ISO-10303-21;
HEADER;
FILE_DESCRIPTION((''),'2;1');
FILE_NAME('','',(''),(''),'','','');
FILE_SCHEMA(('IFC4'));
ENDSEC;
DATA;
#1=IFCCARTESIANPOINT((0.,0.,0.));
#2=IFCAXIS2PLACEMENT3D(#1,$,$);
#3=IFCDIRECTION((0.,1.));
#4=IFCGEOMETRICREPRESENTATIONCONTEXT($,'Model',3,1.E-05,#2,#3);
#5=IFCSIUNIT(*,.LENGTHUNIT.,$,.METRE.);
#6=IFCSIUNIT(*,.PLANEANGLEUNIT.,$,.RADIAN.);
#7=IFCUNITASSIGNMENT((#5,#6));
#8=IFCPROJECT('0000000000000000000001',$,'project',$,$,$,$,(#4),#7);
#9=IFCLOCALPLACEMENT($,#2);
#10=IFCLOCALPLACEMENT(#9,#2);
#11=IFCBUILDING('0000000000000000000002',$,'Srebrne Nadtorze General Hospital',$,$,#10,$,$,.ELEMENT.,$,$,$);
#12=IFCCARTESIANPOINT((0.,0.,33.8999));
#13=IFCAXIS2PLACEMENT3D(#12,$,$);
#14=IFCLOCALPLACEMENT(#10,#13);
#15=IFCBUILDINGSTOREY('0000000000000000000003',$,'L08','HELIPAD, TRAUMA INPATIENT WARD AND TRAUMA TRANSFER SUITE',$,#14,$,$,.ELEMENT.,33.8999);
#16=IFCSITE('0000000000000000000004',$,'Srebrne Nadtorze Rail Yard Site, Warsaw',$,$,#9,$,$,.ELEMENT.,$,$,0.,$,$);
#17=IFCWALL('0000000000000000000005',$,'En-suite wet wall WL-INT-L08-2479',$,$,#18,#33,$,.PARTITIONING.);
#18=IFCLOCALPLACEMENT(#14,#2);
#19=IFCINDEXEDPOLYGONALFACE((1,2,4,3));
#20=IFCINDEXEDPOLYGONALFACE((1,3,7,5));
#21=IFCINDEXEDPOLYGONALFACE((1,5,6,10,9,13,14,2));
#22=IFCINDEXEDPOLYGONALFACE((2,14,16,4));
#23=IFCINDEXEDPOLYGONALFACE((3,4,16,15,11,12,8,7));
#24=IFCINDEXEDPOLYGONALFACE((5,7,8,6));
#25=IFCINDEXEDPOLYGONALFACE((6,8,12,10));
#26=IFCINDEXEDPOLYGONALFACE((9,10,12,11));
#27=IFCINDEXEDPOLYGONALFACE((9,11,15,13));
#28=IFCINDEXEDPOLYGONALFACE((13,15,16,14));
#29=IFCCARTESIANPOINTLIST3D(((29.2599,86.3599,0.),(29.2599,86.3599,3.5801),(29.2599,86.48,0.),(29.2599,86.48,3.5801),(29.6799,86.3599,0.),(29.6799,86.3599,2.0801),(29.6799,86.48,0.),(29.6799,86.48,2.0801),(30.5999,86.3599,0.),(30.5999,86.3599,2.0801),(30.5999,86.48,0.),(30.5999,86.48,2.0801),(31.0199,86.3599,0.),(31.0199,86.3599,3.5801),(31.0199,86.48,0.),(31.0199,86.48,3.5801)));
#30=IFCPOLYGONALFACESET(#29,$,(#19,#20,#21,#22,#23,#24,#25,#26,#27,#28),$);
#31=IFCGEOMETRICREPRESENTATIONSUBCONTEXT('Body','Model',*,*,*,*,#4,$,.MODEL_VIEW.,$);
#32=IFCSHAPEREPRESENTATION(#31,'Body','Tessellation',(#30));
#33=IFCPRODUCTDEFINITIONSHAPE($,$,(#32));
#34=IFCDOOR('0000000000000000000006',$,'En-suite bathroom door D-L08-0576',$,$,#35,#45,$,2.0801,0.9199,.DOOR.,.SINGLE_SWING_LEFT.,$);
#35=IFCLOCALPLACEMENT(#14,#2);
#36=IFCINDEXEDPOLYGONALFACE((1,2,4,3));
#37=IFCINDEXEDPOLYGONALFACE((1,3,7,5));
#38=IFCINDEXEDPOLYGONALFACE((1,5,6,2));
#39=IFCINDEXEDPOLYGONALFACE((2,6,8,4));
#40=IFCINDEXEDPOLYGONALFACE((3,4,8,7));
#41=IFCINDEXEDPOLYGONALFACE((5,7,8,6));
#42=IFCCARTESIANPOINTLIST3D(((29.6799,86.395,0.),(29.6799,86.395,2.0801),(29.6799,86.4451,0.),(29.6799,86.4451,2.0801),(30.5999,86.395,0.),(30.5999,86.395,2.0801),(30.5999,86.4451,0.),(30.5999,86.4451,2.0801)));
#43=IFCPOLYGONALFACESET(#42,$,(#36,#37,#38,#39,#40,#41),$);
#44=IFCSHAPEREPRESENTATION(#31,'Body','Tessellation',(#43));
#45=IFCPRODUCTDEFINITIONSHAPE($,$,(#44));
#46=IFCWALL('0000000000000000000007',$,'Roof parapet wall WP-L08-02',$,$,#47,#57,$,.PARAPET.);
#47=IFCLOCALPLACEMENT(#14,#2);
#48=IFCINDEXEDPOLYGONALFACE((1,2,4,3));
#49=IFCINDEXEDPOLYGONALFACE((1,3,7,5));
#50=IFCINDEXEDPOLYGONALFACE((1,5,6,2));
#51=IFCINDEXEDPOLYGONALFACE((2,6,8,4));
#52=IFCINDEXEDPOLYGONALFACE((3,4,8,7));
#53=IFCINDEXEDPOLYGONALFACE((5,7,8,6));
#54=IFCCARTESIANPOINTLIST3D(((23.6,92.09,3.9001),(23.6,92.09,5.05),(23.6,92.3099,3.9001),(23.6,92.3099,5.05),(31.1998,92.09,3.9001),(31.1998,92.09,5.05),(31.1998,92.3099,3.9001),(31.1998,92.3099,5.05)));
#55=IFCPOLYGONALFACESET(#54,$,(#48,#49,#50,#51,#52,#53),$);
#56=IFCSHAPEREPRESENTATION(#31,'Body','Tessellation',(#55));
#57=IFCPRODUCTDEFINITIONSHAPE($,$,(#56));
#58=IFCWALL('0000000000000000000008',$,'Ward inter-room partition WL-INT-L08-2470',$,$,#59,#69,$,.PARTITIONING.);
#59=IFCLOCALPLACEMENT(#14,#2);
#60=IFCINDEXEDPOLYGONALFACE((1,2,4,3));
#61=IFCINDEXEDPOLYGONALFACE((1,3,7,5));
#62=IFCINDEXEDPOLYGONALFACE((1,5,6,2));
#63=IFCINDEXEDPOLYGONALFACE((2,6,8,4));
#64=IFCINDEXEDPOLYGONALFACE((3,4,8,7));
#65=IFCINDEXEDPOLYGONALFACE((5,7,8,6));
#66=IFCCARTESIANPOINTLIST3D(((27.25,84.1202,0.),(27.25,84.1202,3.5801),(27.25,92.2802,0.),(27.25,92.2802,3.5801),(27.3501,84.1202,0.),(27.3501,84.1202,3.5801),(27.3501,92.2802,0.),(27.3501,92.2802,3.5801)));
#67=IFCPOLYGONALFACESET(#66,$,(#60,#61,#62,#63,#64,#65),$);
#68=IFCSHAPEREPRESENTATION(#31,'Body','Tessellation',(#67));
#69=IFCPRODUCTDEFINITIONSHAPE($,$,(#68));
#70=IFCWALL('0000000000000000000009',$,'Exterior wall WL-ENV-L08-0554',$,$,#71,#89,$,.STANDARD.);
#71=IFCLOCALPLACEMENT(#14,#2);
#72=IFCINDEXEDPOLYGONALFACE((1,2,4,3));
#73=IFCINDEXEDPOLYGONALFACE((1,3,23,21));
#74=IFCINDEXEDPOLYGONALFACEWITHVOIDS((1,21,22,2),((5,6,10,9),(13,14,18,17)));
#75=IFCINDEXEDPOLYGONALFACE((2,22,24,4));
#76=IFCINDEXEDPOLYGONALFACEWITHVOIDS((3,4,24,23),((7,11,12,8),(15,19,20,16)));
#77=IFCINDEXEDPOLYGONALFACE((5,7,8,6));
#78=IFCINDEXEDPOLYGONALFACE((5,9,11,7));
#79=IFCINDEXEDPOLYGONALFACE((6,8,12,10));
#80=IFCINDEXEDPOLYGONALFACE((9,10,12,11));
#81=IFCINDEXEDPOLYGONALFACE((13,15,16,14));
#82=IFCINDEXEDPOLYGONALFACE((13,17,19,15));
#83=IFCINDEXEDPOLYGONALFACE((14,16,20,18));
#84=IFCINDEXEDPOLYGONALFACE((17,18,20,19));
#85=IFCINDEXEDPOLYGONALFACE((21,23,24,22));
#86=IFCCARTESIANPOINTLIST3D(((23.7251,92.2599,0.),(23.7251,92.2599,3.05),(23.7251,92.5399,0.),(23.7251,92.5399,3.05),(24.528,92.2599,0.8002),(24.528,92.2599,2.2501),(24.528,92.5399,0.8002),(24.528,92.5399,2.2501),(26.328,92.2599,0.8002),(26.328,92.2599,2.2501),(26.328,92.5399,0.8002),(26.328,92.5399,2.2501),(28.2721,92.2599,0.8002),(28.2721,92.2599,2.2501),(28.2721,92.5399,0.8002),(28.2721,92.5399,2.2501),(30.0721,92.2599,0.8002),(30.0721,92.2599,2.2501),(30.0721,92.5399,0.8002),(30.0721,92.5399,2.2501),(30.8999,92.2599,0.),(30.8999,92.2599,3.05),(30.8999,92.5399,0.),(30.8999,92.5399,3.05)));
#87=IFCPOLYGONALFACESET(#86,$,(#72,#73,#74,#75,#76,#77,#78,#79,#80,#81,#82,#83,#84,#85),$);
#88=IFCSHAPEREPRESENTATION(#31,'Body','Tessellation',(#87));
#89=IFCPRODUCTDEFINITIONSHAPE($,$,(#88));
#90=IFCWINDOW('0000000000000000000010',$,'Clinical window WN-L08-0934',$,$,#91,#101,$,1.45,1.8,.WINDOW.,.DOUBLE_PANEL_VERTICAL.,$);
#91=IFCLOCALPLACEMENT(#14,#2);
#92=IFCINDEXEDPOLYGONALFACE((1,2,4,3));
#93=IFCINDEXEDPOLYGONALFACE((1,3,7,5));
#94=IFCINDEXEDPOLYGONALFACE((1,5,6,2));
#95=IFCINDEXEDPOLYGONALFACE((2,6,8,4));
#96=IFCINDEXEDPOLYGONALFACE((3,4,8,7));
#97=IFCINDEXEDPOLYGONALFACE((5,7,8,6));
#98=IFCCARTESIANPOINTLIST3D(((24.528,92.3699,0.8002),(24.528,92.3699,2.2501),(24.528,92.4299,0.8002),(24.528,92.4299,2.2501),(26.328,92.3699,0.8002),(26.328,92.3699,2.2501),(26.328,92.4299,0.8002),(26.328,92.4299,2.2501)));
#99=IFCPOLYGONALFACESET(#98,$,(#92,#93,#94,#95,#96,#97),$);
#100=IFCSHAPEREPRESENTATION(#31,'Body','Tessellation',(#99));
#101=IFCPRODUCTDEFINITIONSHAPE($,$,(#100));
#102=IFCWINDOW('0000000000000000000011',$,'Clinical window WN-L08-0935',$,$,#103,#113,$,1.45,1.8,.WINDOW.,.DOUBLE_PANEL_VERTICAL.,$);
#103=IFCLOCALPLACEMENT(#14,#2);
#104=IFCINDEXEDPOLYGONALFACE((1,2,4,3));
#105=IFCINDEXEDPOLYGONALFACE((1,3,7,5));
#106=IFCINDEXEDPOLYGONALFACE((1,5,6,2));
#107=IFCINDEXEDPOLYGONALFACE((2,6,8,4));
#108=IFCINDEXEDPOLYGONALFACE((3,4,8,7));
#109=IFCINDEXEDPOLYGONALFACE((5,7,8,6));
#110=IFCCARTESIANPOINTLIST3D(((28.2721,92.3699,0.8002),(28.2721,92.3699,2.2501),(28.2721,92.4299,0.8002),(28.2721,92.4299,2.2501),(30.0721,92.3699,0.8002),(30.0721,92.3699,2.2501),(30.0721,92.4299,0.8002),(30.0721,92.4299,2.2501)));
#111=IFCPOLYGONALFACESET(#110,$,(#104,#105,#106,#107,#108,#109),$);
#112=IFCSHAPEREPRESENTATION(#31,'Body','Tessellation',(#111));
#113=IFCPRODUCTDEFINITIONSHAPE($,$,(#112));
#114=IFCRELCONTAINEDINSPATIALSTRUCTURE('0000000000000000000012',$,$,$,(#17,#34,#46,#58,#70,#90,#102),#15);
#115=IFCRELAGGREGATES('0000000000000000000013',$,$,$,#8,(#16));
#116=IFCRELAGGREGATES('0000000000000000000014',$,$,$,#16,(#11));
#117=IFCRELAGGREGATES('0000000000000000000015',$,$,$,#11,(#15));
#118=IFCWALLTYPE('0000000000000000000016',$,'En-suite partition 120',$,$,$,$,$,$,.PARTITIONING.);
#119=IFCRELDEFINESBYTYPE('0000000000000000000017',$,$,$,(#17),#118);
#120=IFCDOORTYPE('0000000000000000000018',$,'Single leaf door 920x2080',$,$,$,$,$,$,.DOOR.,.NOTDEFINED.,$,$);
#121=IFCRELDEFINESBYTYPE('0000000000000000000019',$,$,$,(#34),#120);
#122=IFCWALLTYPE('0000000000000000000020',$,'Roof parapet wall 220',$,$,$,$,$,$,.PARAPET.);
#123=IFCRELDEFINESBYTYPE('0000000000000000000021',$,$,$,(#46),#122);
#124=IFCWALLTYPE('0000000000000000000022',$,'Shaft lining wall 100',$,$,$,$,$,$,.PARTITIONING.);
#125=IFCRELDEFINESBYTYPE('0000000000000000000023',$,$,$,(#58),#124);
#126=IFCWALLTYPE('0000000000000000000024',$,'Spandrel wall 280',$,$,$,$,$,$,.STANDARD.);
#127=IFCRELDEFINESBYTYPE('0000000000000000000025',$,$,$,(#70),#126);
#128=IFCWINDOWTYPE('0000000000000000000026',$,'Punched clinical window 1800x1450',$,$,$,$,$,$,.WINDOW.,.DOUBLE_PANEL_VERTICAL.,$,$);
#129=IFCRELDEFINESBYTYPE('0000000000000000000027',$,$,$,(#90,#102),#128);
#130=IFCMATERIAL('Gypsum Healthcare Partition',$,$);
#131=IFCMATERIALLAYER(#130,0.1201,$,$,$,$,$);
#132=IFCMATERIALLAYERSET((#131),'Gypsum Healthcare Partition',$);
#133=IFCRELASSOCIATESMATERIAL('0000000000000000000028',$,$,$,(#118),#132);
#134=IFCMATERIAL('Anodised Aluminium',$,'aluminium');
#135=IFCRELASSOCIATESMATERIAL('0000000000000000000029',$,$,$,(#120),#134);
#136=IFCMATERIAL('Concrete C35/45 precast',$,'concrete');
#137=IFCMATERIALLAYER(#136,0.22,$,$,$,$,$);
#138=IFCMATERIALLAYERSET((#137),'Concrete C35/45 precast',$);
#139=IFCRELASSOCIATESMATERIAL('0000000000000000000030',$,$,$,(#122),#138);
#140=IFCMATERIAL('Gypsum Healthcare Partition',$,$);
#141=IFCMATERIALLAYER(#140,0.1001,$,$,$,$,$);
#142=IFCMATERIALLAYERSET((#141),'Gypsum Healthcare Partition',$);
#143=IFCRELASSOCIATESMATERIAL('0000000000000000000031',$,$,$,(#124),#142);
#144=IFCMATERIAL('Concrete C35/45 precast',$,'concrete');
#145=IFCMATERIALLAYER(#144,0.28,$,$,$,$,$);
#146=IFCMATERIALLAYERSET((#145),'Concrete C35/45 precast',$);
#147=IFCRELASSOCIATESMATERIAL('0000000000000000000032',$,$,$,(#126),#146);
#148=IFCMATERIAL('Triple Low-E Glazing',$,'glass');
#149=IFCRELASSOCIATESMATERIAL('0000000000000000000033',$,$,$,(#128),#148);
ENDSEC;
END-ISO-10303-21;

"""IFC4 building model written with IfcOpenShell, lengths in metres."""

from ifc_helpers import new_model, si_unit, direction, frame, frame_2d, origin, place, context, subcontext, project, spatial, rectangle, extrude, material, layer, layer_set, type_object, element, fill, save


model = new_model("IFC4")

# Units and contexts
model_context = context("Model", 3, precision=1e-05, world=origin(), true_north=direction((0.0, 1.0)))
body_context = subcontext(model_context, "Body", "Model", "MODEL_VIEW")
ifc_project = project(units=[si_unit("LENGTHUNIT", "METRE"), si_unit("PLANEANGLEUNIT", "RADIAN")], contexts=[model_context])

# Site, building, storey
site_placement = place(None, origin())
site = spatial("IfcSite", under=ifc_project, at=site_placement, Name="Srebrne Nadtorze Rail Yard Site, Warsaw", CompositionType="ELEMENT", RefElevation=0.0)
building_placement = place(site_placement, origin())
building = spatial("IfcBuilding", under=site, at=building_placement, Name="Srebrne Nadtorze General Hospital", CompositionType="ELEMENT")
storey_placement = place(building_placement, frame((0.0, 0.0, 33.8999)))
storey = spatial("IfcBuildingStorey", under=building, at=storey_placement, Name="L08", Description="HELIPAD, TRAUMA INPATIENT WARD AND TRAUMA TRANSFER SUITE", CompositionType="ELEMENT", Elevation=33.8999)

# Shared definitions
ifc_material_1 = material(Name="Gypsum Healthcare Partition")
ifc_layer_1 = layer(ifc_material_1, 0.1201)
ifc_layer_set_1 = layer_set([ifc_layer_1], Name="Gypsum Healthcare Partition")
wall_type_1 = type_object("IfcWallType", Name="En-suite partition 120", PredefinedType="PARTITIONING", material=ifc_layer_set_1)

# Wall, opening, door
wall_1_placement = place(storey_placement, frame((29.26, 86.4199, 0.0), z_axis=(0.0, 0.0, 1.0), x_axis=(1.0, 0.0, 0.0)))
wall_1 = element("IfcWall", 1, at=wall_1_placement, inside=storey, type_object=wall_type_1, Name="En-suite wet wall WL-INT-L08-2479", PredefinedType="PARTITIONING", context=body_context, shape_type="SweptSolid", body=[
    extrude(rectangle(XDim=1.76, YDim=0.1201, at=frame_2d((0.8799, 0.0))), origin(), (0.0, 0.0, 1.0), 3.5801),
])
opening_1_placement = place(wall_1_placement, frame((0.4199, 0.0, 0.0)))
opening_1 = element("IfcOpeningElement", 2, at=opening_1_placement, cuts=wall_1, PredefinedType="OPENING", context=body_context, shape_type="SweptSolid", body=[
    extrude(rectangle(XDim=0.9199, YDim=2.0801, at=frame_2d((0.46, 1.04))), frame((0.0, 0.072, 0.0), z_axis=(0.0, -1.0, 0.0), x_axis=(1.0, 0.0, 0.0)), (0.0, 0.0, 1.0), 0.144),
])
ifc_material_2 = material(Name="Anodised Aluminium", Category="aluminium")
door_type_1 = type_object("IfcDoorType", Name="Single leaf door 920x2080", OperationType="NOTDEFINED", PredefinedType="DOOR", material=ifc_material_2)
door_1_placement = place(opening_1_placement, frame((0.9199, 0.0, 0.0), z_axis=(0.0, 0.0, 1.0), x_axis=(-1.0, 0.0, 0.0)))
door_1 = element("IfcDoor", 3, at=door_1_placement, inside=storey, type_object=door_type_1, Name="En-suite bathroom door D-L08-0576", OperationType="SINGLE_SWING_LEFT", OverallHeight=2.0801, OverallWidth=0.9199, PredefinedType="DOOR", context=body_context, shape_type="SweptSolid", body=[
    extrude(rectangle(XDim=0.9199, YDim=2.0801, at=frame_2d((0.46, 1.04))), frame((0.0, 0.0249, 0.0), z_axis=(0.0, -1.0, 0.0), x_axis=(1.0, 0.0, 0.0)), (0.0, 0.0, 1.0), 0.05),
])
fill(opening_1, door_1)

# Walls
ifc_material_3 = material(Name="Concrete C35/45 precast", Category="concrete")
ifc_layer_2 = layer(ifc_material_3, 0.22)
ifc_layer_set_2 = layer_set([ifc_layer_2], Name="Concrete C35/45 precast")
wall_type_2 = type_object("IfcWallType", Name="Roof parapet wall 220", PredefinedType="PARAPET", material=ifc_layer_set_2)
wall_2_placement = place(storey_placement, frame((23.6001, 92.2, 3.9001), z_axis=(0.0, 0.0, 1.0), x_axis=(1.0, 0.0, 0.0)))
element("IfcWall", 4, at=wall_2_placement, inside=storey, type_object=wall_type_2, Name="Roof parapet wall WP-L08-02", PredefinedType="PARAPET", context=body_context, shape_type="SweptSolid", body=[
    extrude(rectangle(XDim=7.5999, YDim=0.22, at=frame_2d((3.7998, 0.0))), origin(), (0.0, 0.0, 1.0), 1.1499),
])
ifc_material_4 = material(Name="Gypsum Healthcare Partition")
ifc_layer_3 = layer(ifc_material_4, 0.1001)
ifc_layer_set_3 = layer_set([ifc_layer_3], Name="Gypsum Healthcare Partition")
wall_type_3 = type_object("IfcWallType", Name="Shaft lining wall 100", PredefinedType="PARTITIONING", material=ifc_layer_set_3)
wall_3_placement = place(storey_placement, frame((27.3, 84.1201, 0.0), z_axis=(0.0, 0.0, 1.0), x_axis=(0.0, 1.0, 0.0)))
element("IfcWall", 5, at=wall_3_placement, inside=storey, type_object=wall_type_3, Name="Ward inter-room partition WL-INT-L08-2470", PredefinedType="PARTITIONING", context=body_context, shape_type="SweptSolid", body=[
    extrude(rectangle(XDim=8.1599, YDim=0.1001, at=frame_2d((4.0801, 0.0))), origin(), (0.0, 0.0, 1.0), 3.5801),
])

# Wall, openings, windows
ifc_material_5 = material(Name="Concrete C35/45 precast", Category="concrete")
ifc_layer_4 = layer(ifc_material_5, 0.28)
ifc_layer_set_4 = layer_set([ifc_layer_4], Name="Concrete C35/45 precast")
wall_type_4 = type_object("IfcWallType", Name="Spandrel wall 280", PredefinedType="STANDARD", material=ifc_layer_set_4)
wall_4_placement = place(storey_placement, frame((23.7251, 92.3999, 0.0), z_axis=(0.0, 0.0, 1.0), x_axis=(1.0, 0.0, 0.0)))
wall_4 = element("IfcWall", 6, at=wall_4_placement, inside=storey, type_object=wall_type_4, Name="Exterior wall WL-ENV-L08-0554", PredefinedType="STANDARD", context=body_context, shape_type="SweptSolid", body=[
    extrude(rectangle(XDim=7.1748, YDim=0.28, at=frame_2d((3.5874, 0.0))), origin(), (0.0, 0.0, 1.0), 3.05),
])
opening_2_placement = place(wall_4_placement, frame((0.803, 0.0, 0.8)))
opening_2 = element("IfcOpeningElement", 7, at=opening_2_placement, cuts=wall_4, PredefinedType="OPENING", context=body_context, shape_type="SweptSolid", body=[
    extrude(rectangle(XDim=1.8, YDim=1.45, at=frame_2d((0.8999, 0.7251))), frame((0.0, 0.1519, 0.0), z_axis=(0.0, -1.0, 0.0), x_axis=(1.0, 0.0, 0.0)), (0.0, 0.0, 1.0), 0.304),
])
opening_3_placement = place(wall_4_placement, frame((4.5471, 0.0, 0.8)))
opening_3 = element("IfcOpeningElement", 8, at=opening_3_placement, cuts=wall_4, PredefinedType="OPENING", context=body_context, shape_type="SweptSolid", body=[
    extrude(rectangle(XDim=1.8, YDim=1.45, at=frame_2d((0.8999, 0.7251))), frame((0.0, 0.1519, 0.0), z_axis=(0.0, -1.0, 0.0), x_axis=(1.0, 0.0, 0.0)), (0.0, 0.0, 1.0), 0.304),
])
ifc_material_6 = material(Name="Triple Low-E Glazing", Category="glass")
window_type_1 = type_object("IfcWindowType", Name="Punched clinical window 1800x1450", PartitioningType="DOUBLE_PANEL_VERTICAL", PredefinedType="WINDOW", material=ifc_material_6)
window_1_placement = place(opening_2_placement, origin())
window_1 = element("IfcWindow", 9, at=window_1_placement, inside=storey, type_object=window_type_1, Name="Clinical window WN-L08-0934", OverallHeight=1.45, OverallWidth=1.8, PartitioningType="DOUBLE_PANEL_VERTICAL", PredefinedType="WINDOW", context=body_context, shape_type="SweptSolid", body=[
    extrude(rectangle(XDim=1.8, YDim=1.45, at=frame_2d((0.8999, 0.7251))), frame((0.0, 0.03, 0.0), z_axis=(0.0, -1.0, 0.0), x_axis=(1.0, 0.0, 0.0)), (0.0, 0.0, 1.0), 0.0601),
])
fill(opening_2, window_1)
window_2_placement = place(opening_3_placement, origin())
window_2 = element("IfcWindow", 10, at=window_2_placement, inside=storey, type_object=window_type_1, Name="Clinical window WN-L08-0935", OverallHeight=1.45, OverallWidth=1.8, PartitioningType="DOUBLE_PANEL_VERTICAL", PredefinedType="WINDOW", context=body_context, shape_type="SweptSolid", body=[
    extrude(rectangle(XDim=1.8, YDim=1.45, at=frame_2d((0.8999, 0.7251))), frame((0.0, 0.03, 0.0), z_axis=(0.0, -1.0, 0.0), x_axis=(1.0, 0.0, 0.0)), (0.0, 0.0, 1.0), 0.0601),
])
fill(opening_3, window_2)

save(model, "model.ifc")
